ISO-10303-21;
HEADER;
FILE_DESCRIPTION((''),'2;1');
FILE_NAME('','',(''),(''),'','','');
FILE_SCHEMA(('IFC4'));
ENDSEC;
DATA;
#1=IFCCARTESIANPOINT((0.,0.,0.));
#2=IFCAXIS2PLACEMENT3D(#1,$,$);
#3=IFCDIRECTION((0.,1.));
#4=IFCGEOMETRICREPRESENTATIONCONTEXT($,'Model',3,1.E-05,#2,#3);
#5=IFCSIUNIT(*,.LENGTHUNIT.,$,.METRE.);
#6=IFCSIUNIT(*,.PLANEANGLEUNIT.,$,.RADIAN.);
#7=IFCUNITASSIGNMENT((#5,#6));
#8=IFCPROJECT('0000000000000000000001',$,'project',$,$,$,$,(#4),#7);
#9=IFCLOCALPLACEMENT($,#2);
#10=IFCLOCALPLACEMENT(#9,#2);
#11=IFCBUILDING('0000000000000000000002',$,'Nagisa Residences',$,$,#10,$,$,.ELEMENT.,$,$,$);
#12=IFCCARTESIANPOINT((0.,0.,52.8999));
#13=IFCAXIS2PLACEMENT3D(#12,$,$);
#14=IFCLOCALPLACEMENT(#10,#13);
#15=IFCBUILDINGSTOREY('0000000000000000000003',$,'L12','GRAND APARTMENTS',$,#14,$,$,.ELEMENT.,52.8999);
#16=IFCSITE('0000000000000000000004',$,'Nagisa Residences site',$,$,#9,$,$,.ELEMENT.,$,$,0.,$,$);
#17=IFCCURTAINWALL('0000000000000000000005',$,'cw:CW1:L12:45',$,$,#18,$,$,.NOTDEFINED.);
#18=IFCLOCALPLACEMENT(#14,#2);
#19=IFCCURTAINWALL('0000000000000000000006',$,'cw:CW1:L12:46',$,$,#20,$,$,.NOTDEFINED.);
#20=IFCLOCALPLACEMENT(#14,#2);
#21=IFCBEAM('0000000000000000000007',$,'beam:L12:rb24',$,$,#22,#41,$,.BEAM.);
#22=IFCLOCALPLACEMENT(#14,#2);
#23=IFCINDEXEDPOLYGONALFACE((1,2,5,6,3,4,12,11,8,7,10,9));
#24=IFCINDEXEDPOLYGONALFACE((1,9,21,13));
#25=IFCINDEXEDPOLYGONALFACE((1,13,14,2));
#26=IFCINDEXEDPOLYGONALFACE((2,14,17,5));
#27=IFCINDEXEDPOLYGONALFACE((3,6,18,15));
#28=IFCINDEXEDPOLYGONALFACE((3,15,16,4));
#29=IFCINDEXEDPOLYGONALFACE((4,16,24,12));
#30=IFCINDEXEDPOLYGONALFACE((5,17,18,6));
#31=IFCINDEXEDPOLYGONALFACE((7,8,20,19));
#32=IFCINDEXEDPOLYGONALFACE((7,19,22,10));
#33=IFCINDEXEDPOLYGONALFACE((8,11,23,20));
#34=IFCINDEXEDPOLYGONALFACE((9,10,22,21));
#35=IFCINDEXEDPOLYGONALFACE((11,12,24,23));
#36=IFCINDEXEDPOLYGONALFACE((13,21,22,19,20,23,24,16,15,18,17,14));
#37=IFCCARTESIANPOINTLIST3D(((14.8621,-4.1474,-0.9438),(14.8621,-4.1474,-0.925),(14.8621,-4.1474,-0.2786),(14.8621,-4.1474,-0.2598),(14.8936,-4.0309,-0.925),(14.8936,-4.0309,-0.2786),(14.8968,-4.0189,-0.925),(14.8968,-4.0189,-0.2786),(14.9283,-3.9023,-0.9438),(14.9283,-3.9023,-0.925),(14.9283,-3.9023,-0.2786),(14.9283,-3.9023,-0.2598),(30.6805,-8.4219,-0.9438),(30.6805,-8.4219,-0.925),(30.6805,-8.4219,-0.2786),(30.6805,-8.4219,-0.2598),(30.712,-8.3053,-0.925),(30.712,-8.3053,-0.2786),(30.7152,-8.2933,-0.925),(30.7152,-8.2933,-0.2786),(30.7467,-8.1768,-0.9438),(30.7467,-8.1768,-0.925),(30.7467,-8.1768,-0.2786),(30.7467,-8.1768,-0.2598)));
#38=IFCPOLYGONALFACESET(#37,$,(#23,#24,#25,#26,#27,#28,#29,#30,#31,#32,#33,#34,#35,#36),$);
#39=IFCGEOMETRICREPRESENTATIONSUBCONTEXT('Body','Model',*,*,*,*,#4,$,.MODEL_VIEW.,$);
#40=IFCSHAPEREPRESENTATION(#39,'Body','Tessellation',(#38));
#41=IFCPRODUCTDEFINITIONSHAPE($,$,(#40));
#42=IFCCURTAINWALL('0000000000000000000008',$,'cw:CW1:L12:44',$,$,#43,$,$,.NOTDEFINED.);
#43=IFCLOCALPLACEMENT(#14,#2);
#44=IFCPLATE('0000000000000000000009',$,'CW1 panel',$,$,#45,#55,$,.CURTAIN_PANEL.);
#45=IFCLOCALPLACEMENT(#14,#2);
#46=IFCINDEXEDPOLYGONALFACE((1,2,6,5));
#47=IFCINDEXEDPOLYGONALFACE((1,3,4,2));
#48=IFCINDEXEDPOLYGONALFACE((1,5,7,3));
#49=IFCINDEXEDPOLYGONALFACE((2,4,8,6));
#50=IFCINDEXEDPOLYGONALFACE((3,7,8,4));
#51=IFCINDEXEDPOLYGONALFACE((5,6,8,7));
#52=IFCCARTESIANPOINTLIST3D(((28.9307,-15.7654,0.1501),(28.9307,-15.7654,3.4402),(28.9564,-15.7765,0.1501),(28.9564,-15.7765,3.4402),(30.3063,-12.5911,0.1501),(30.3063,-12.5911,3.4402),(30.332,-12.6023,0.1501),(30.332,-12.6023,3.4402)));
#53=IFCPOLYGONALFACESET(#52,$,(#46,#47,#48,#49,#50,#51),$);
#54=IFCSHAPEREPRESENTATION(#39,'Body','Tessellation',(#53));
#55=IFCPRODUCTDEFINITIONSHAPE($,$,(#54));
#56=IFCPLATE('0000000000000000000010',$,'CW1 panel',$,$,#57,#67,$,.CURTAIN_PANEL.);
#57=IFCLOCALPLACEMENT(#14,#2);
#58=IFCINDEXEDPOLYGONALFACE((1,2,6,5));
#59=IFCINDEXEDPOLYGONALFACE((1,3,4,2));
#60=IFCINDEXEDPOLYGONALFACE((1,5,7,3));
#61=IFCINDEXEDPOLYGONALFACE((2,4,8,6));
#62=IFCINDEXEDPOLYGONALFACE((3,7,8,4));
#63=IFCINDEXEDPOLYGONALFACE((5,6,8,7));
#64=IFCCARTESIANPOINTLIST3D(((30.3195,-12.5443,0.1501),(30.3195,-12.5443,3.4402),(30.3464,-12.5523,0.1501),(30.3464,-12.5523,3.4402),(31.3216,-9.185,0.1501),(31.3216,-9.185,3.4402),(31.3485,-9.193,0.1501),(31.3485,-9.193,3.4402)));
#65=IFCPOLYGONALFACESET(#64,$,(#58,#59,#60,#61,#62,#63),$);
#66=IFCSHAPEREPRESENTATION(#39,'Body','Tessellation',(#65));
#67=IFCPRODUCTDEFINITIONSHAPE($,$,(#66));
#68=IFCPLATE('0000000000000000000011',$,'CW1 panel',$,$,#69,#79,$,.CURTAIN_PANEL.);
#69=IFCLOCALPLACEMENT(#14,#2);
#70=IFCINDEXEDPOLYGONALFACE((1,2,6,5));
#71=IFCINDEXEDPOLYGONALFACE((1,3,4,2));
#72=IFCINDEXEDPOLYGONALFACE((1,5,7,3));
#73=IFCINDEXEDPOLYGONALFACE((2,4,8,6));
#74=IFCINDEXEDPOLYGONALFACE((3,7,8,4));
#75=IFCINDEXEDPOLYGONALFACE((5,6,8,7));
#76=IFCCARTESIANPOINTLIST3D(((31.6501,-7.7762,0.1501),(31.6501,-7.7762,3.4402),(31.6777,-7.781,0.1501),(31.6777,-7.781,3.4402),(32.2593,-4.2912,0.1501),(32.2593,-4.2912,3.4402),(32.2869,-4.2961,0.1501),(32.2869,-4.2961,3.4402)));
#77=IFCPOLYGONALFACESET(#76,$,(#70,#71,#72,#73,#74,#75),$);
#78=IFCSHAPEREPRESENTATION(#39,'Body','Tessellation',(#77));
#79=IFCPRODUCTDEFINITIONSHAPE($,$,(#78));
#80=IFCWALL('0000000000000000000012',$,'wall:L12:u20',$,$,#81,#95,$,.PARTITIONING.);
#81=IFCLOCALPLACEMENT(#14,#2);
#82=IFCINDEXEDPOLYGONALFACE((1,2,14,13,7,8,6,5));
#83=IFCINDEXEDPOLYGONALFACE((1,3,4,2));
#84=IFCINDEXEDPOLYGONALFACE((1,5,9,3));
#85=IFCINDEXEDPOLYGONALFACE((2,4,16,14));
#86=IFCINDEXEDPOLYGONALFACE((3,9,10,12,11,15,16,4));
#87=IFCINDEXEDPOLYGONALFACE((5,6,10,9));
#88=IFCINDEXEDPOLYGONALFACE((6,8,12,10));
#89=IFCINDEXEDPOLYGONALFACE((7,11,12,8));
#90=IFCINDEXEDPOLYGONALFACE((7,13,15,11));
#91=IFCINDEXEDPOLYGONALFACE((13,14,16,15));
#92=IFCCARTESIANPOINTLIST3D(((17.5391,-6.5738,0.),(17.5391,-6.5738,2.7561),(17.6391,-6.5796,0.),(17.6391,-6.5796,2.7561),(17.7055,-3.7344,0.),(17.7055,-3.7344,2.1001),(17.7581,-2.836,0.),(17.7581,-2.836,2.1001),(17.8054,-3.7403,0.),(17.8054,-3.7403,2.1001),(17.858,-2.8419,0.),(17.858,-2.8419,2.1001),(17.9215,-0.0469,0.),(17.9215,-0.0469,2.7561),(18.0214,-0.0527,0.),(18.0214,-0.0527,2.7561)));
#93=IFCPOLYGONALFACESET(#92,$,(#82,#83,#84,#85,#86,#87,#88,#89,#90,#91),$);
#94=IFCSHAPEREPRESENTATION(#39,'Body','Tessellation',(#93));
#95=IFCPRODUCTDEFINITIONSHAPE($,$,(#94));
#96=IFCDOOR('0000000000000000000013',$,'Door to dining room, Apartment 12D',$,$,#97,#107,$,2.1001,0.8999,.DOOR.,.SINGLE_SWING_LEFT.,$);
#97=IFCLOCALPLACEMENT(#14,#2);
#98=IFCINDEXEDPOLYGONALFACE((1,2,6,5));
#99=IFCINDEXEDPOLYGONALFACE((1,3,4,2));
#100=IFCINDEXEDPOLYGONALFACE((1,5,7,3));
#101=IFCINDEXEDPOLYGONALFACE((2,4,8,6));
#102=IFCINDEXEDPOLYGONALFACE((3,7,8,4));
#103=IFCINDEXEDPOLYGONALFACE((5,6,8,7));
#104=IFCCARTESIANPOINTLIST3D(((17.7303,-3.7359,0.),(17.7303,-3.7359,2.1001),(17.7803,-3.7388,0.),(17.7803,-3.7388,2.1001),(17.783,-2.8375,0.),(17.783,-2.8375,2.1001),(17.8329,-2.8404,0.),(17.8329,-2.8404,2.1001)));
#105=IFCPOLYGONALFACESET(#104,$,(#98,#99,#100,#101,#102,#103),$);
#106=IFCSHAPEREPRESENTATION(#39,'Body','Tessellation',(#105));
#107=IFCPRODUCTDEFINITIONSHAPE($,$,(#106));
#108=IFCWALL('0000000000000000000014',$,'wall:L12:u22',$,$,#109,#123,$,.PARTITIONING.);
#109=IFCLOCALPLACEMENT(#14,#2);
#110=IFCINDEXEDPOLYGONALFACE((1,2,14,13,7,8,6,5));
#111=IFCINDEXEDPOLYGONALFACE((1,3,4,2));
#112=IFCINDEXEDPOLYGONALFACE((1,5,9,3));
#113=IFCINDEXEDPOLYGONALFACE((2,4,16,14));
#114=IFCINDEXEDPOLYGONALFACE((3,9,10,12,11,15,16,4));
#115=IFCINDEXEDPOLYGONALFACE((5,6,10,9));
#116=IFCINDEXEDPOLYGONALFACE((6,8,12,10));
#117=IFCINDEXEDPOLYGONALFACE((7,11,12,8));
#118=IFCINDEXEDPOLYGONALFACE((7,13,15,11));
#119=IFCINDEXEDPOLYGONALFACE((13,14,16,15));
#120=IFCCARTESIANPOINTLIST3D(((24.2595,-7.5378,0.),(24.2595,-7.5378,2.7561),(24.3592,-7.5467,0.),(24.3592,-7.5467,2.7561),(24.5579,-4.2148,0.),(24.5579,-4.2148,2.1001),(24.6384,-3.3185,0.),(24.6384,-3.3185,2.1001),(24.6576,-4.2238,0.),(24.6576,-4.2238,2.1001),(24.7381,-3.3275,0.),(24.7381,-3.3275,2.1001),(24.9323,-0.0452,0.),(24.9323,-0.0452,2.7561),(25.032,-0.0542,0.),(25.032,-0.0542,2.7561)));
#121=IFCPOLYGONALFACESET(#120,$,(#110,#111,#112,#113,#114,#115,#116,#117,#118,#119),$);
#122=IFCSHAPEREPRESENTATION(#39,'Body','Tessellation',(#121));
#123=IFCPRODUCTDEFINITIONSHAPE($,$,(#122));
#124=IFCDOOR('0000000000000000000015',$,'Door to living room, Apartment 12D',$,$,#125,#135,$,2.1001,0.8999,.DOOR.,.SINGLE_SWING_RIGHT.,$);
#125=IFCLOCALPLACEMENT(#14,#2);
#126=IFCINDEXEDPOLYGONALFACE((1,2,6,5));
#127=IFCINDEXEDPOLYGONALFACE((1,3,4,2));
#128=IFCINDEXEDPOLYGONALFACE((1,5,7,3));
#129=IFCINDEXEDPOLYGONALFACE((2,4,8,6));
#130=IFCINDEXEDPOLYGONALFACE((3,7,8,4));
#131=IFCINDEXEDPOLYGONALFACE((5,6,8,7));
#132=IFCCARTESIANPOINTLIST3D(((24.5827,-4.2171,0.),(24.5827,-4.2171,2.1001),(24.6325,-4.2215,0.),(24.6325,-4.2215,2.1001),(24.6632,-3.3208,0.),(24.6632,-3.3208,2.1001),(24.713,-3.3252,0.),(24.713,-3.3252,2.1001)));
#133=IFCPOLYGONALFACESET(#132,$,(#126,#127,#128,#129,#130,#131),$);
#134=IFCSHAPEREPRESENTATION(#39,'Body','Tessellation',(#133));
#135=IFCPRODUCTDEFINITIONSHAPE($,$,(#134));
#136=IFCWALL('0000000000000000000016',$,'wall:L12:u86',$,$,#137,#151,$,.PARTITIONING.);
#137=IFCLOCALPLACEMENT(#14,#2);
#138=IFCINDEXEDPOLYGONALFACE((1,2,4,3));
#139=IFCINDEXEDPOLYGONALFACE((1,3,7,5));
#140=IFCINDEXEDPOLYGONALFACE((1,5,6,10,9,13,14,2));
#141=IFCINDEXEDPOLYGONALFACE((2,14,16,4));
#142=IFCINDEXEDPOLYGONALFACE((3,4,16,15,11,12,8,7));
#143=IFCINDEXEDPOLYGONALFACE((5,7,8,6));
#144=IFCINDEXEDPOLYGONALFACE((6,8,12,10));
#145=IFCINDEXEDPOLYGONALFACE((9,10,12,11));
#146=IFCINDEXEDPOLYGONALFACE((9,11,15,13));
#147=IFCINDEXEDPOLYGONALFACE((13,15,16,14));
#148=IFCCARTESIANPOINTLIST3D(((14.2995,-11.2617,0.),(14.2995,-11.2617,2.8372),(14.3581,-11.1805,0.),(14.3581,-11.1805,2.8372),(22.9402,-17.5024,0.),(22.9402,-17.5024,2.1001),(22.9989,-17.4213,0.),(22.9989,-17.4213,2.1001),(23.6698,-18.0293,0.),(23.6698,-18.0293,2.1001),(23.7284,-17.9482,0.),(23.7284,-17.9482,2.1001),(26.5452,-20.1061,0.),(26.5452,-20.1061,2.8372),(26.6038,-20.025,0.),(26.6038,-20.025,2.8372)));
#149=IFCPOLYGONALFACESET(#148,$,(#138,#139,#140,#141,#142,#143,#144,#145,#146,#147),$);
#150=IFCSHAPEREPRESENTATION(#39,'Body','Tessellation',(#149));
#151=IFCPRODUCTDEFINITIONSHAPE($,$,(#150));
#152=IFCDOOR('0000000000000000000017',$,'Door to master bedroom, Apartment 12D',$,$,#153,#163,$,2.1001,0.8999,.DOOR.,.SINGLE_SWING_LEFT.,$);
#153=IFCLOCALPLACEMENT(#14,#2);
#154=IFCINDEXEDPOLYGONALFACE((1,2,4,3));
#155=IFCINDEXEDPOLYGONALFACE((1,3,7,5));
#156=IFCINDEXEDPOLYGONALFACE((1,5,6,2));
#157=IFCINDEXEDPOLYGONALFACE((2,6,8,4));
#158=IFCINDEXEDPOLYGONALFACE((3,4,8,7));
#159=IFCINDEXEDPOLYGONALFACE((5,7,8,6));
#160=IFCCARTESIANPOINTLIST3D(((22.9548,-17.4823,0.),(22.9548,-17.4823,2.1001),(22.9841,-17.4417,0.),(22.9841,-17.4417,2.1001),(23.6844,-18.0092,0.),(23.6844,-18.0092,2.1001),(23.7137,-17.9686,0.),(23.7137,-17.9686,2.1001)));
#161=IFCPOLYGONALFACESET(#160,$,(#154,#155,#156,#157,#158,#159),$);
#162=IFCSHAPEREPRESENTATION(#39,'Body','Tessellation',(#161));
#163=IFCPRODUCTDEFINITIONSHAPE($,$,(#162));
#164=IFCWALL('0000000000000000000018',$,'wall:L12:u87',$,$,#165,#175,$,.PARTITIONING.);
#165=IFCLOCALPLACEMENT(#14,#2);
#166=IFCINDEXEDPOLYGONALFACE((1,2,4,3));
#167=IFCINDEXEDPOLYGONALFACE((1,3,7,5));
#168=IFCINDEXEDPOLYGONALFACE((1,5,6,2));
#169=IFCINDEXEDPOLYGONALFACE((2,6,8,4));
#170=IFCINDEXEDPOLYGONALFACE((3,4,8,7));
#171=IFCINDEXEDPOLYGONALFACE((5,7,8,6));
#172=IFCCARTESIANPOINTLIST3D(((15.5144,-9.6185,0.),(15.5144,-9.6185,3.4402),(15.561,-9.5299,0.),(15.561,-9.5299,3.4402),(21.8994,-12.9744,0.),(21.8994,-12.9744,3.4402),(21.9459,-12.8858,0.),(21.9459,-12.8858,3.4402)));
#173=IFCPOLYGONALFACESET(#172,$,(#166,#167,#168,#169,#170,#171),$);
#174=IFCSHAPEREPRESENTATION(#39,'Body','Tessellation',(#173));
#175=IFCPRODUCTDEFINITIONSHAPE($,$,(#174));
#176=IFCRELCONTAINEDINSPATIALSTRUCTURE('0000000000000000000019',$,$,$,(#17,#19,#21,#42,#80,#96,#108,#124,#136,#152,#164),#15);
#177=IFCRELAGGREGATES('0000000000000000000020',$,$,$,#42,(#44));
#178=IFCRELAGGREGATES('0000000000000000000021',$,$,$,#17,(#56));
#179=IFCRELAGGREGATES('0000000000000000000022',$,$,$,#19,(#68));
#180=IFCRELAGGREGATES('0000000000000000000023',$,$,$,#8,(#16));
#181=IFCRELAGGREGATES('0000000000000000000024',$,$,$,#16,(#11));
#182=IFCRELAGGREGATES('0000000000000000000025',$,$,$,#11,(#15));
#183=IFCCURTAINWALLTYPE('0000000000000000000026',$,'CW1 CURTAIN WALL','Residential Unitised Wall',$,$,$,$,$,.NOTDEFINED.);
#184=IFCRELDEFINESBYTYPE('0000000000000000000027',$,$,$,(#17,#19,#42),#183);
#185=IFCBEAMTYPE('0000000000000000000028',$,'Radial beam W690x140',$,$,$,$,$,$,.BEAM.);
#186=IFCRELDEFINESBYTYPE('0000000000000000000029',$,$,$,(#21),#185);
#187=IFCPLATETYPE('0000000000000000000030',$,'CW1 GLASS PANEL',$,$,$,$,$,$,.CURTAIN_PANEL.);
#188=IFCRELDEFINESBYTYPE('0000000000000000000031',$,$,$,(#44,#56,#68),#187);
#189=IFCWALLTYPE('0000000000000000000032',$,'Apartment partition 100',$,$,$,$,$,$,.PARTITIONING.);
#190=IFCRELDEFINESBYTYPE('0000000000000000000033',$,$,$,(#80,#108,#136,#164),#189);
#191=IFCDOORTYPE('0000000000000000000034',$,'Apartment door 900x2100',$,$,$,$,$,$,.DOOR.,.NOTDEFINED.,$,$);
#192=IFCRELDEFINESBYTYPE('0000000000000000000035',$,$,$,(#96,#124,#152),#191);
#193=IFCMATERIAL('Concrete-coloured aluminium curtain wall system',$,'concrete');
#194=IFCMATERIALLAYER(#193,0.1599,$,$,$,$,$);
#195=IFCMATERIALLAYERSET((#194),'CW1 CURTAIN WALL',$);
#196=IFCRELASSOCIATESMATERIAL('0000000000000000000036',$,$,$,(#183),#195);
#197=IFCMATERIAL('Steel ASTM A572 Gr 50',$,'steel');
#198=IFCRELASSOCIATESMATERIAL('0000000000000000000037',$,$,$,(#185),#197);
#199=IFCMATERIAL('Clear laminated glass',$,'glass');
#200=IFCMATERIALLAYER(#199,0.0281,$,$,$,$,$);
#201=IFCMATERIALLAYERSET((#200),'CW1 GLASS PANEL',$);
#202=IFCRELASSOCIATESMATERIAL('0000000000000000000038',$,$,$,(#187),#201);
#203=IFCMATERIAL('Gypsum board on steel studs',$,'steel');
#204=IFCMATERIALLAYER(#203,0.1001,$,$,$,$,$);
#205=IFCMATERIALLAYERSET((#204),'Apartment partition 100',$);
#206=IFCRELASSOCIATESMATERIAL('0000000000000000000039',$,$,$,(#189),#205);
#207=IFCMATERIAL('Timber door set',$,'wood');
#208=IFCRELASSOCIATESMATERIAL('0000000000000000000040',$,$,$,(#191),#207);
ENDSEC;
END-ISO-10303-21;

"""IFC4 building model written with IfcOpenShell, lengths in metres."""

from ifc_helpers import new_model, si_unit, direction, frame, frame_2d, origin, origin_2d, place, context, subcontext, project, spatial, rectangle, i_section, extrude, material, layer, layer_set, material_profile, profile_set, type_object, element, fill, aggregate, save


model = new_model("IFC4")

# Units and contexts
model_context = context("Model", 3, precision=1e-05, world=origin(), true_north=direction((0.0, 1.0)))
body_context = subcontext(model_context, "Body", "Model", "MODEL_VIEW")
ifc_project = project(units=[si_unit("LENGTHUNIT", "METRE"), si_unit("PLANEANGLEUNIT", "RADIAN")], contexts=[model_context])

# Site, building, storey
site_placement = place(None, origin())
site = spatial("IfcSite", under=ifc_project, at=site_placement, Name="Nagisa Residences site", CompositionType="ELEMENT", RefElevation=0.0)
building_placement = place(site_placement, origin())
building = spatial("IfcBuilding", under=site, at=building_placement, Name="Nagisa Residences", CompositionType="ELEMENT")
storey_placement = place(building_placement, frame((0.0, 0.0, 52.8999)))
storey = spatial("IfcBuildingStorey", under=building, at=storey_placement, Name="L12", Description="GRAND APARTMENTS", CompositionType="ELEMENT", Elevation=52.8999)

# Curtain walls
ifc_material_1 = material(Name="Concrete-coloured aluminium curtain wall system", Category="concrete")
ifc_layer_1 = layer(ifc_material_1, 0.1599)
ifc_layer_set_1 = layer_set([ifc_layer_1], Name="CW1 CURTAIN WALL")
curtain_wall_type = type_object("IfcCurtainWallType", Name="CW1 CURTAIN WALL", Description="Residential Unitised Wall", PredefinedType="NOTDEFINED", material=ifc_layer_set_1)
curtain_wall_1_placement = place(storey_placement, origin())
curtain_wall_1 = element("IfcCurtainWall", 1, at=curtain_wall_1_placement, inside=storey, type_object=curtain_wall_type, Name="cw:CW1:L12:45", PredefinedType="NOTDEFINED")
curtain_wall_2_placement = place(storey_placement, origin())
curtain_wall_2 = element("IfcCurtainWall", 2, at=curtain_wall_2_placement, inside=storey, type_object=curtain_wall_type, Name="cw:CW1:L12:46", PredefinedType="NOTDEFINED")

# Beam
ifc_material_2 = material(Name="Steel ASTM A572 Gr 50", Category="steel")
ifc_material_profile_1 = material_profile(ifc_material_2, i_section(OverallWidth=0.2539, OverallDepth=0.6841, WebThickness=0.0125, FlangeThickness=0.0188, at=origin_2d()), Name="W690x140")
ifc_profile_set_1 = profile_set([ifc_material_profile_1], Name="Steel ASTM A572 Gr 50")
beam_type_1 = type_object("IfcBeamType", Name="Radial beam W690x140", PredefinedType="BEAM", material=ifc_profile_set_1)
beam_1_placement = place(storey_placement, frame((30.7136, -8.2993, -0.6018), z_axis=(-0.965376, 0.260862, 0.0), x_axis=(-0.260862, -0.965376, 0.0)))
element("IfcBeam", 3, at=beam_1_placement, inside=storey, type_object=beam_type_1, Name="beam:L12:rb24", PredefinedType="BEAM", context=body_context, shape_type="SweptSolid", body=[
    extrude(i_section(OverallWidth=0.2539, OverallDepth=0.6841, WebThickness=0.0125, FlangeThickness=0.0188, at=origin_2d()), origin(), (0.0, 0.0, 1.0), 16.3857),
])

# Curtain wall, plate
curtain_wall_3_placement = place(storey_placement, origin())
curtain_wall_3 = element("IfcCurtainWall", 4, at=curtain_wall_3_placement, inside=storey, type_object=curtain_wall_type, Name="cw:CW1:L12:44", PredefinedType="NOTDEFINED")
ifc_material_3 = material(Name="Clear laminated glass", Category="glass")
ifc_layer_2 = layer(ifc_material_3, 0.0281)
ifc_layer_set_2 = layer_set([ifc_layer_2], Name="CW1 GLASS PANEL")
plate_type = type_object("IfcPlateType", Name="CW1 GLASS PANEL", PredefinedType="CURTAIN_PANEL", material=ifc_layer_set_2)
plate_1_placement = place(storey_placement, frame((29.6313, -14.1838, 0.1501), z_axis=(0.0, 0.0, 1.0), x_axis=(0.397636, 0.917543, 0.0)))
plate_1 = element("IfcPlate", 5, at=plate_1_placement, type_object=plate_type, Name="CW1 panel", PredefinedType="CURTAIN_PANEL", context=body_context, shape_type="SweptSolid", body=[
    extrude(rectangle(XDim=3.4595, YDim=0.0281, at=origin_2d()), origin(), (0.0, 0.0, 1.0), 3.29),
])
aggregate(curtain_wall_3, [plate_1])

# Plates
plate_2_placement = place(storey_placement, frame((30.834, -10.8687, 0.1501), z_axis=(0.0, 0.0, 1.0), x_axis=(0.28586, 0.958271, 0.0)))
plate_2 = element("IfcPlate", 6, at=plate_2_placement, type_object=plate_type, Name="CW1 panel", PredefinedType="CURTAIN_PANEL", context=body_context, shape_type="SweptSolid", body=[
    extrude(rectangle(XDim=3.5056, YDim=0.0281, at=origin_2d()), origin(), (0.0, 0.0, 1.0), 3.29),
])
aggregate(curtain_wall_1, [plate_2])
plate_3_placement = place(storey_placement, frame((31.9685, -6.0361, 0.1501), z_axis=(0.0, 0.0, 1.0), x_axis=(0.172191, 0.985064, 0.0)))
plate_3 = element("IfcPlate", 7, at=plate_3_placement, type_object=plate_type, Name="CW1 panel", PredefinedType="CURTAIN_PANEL", context=body_context, shape_type="SweptSolid", body=[
    extrude(rectangle(XDim=3.5378, YDim=0.0281, at=origin_2d()), origin(), (0.0, 0.0, 1.0), 3.29),
])
aggregate(curtain_wall_2, [plate_3])

# Walls, openings, doors
ifc_material_4 = material(Name="Gypsum board on steel studs", Category="steel")
ifc_layer_3 = layer(ifc_material_4, 0.1001)
ifc_layer_set_3 = layer_set([ifc_layer_3], Name="Apartment partition 100")
wall_type_1 = type_object("IfcWallType", Name="Apartment partition 100", PredefinedType="PARTITIONING", material=ifc_layer_set_3)
wall_1_placement = place(storey_placement, frame((17.9714, -0.0498, 0.0), z_axis=(0.0, 0.0, 1.0), x_axis=(-0.058477, -0.998289, 0.0)))
wall_1 = element("IfcWall", 8, at=wall_1_placement, inside=storey, type_object=wall_type_1, Name="wall:L12:u20", PredefinedType="PARTITIONING", context=body_context, shape_type="SweptSolid", body=[
    extrude(rectangle(XDim=6.5381, YDim=0.1001, at=frame_2d((3.269, 0.0))), origin(), (0.0, 0.0, 1.0), 2.7561),
])
opening_1_placement = place(wall_1_placement, frame((2.7939, 0.0, 0.0)))
opening_1 = element("IfcOpeningElement", 9, at=opening_1_placement, cuts=wall_1, PredefinedType="OPENING", context=body_context, shape_type="SweptSolid", body=[
    extrude(rectangle(XDim=0.8999, YDim=2.1001, at=frame_2d((0.45, 1.05))), frame((0.0, 0.0601, 0.0), z_axis=(0.0, -1.0, 0.0), x_axis=(1.0, 0.0, 0.0)), (0.0, 0.0, 1.0), 0.1201),
])
ifc_material_5 = material(Name="Timber door set", Category="wood")
door_type_1 = type_object("IfcDoorType", Name="Apartment door 900x2100", OperationType="NOTDEFINED", PredefinedType="DOOR", material=ifc_material_5)
door_1_placement = place(opening_1_placement, origin())
door_1 = element("IfcDoor", 10, at=door_1_placement, inside=storey, type_object=door_type_1, Name="Door to dining room, Apartment 12D", OperationType="SINGLE_SWING_LEFT", OverallHeight=2.1001, OverallWidth=0.8999, PredefinedType="DOOR", context=body_context, shape_type="SweptSolid", body=[
    extrude(rectangle(XDim=0.8999, YDim=2.1001, at=frame_2d((0.45, 1.05))), frame((0.0, 0.0249, 0.0), z_axis=(0.0, -1.0, 0.0), x_axis=(1.0, 0.0, 0.0)), (0.0, 0.0, 1.0), 0.05),
])
fill(opening_1, door_1)
wall_2_placement = place(storey_placement, frame((24.9822, -0.0498, 0.0), z_axis=(0.0, 0.0, 1.0), x_axis=(-0.089444, -0.995992, 0.0)))
wall_2 = element("IfcWall", 11, at=wall_2_placement, inside=storey, type_object=wall_type_1, Name="wall:L12:u22", PredefinedType="PARTITIONING", context=body_context, shape_type="SweptSolid", body=[
    extrude(rectangle(XDim=7.5227, YDim=0.1001, at=frame_2d((3.7612, 0.0))), origin(), (0.0, 0.0, 1.0), 2.7561),
])
opening_2_placement = place(wall_2_placement, frame((3.2864, 0.0, 0.0)))
opening_2 = element("IfcOpeningElement", 12, at=opening_2_placement, cuts=wall_2, PredefinedType="OPENING", context=body_context, shape_type="SweptSolid", body=[
    extrude(rectangle(XDim=0.8999, YDim=2.1001, at=frame_2d((0.45, 1.05))), frame((0.0, 0.0601, 0.0), z_axis=(0.0, -1.0, 0.0), x_axis=(1.0, 0.0, 0.0)), (0.0, 0.0, 1.0), 0.1201),
])
door_2_placement = place(opening_2_placement, origin())
door_2 = element("IfcDoor", 13, at=door_2_placement, inside=storey, type_object=door_type_1, Name="Door to living room, Apartment 12D", OperationType="SINGLE_SWING_RIGHT", OverallHeight=2.1001, OverallWidth=0.8999, PredefinedType="DOOR", context=body_context, shape_type="SweptSolid", body=[
    extrude(rectangle(XDim=0.8999, YDim=2.1001, at=frame_2d((0.45, 1.05))), frame((0.0, 0.0249, 0.0), z_axis=(0.0, -1.0, 0.0), x_axis=(1.0, 0.0, 0.0)), (0.0, 0.0, 1.0), 0.05),
])
fill(opening_2, door_2)
wall_3_placement = place(storey_placement, frame((14.3289, -11.2212, 0.0), z_axis=(0.0, 0.0, 1.0), x_axis=(0.810671, -0.585502, 0.0)))
wall_3 = element("IfcWall", 14, at=wall_3_placement, inside=storey, type_object=wall_type_1, Name="wall:L12:u86", PredefinedType="PARTITIONING", context=body_context, shape_type="SweptSolid", body=[
    extrude(rectangle(XDim=15.1057, YDim=0.1001, at=frame_2d((7.5527, 0.0))), origin(), (0.0, 0.0, 1.0), 2.8372),
])
opening_3_placement = place(wall_3_placement, frame((10.6587, 0.0, 0.0)))
opening_3 = element("IfcOpeningElement", 15, at=opening_3_placement, cuts=wall_3, PredefinedType="OPENING", context=body_context, shape_type="SweptSolid", body=[
    extrude(rectangle(XDim=0.8999, YDim=2.1001, at=frame_2d((0.45, 1.05))), frame((0.0, 0.0601, 0.0), z_axis=(0.0, -1.0, 0.0), x_axis=(1.0, 0.0, 0.0)), (0.0, 0.0, 1.0), 0.1201),
])
door_3_placement = place(opening_3_placement, origin())
door_3 = element("IfcDoor", 16, at=door_3_placement, inside=storey, type_object=door_type_1, Name="Door to master bedroom, Apartment 12D", OperationType="SINGLE_SWING_LEFT", OverallHeight=2.1001, OverallWidth=0.8999, PredefinedType="DOOR", context=body_context, shape_type="SweptSolid", body=[
    extrude(rectangle(XDim=0.8999, YDim=2.1001, at=frame_2d((0.45, 1.05))), frame((0.0, 0.0249, 0.0), z_axis=(0.0, -1.0, 0.0), x_axis=(1.0, 0.0, 0.0)), (0.0, 0.0, 1.0), 0.05),
])
fill(opening_3, door_3)

# Wall
wall_4_placement = place(storey_placement, frame((15.5378, -9.5742, 0.0), z_axis=(0.0, 0.0, 1.0), x_axis=(0.885179, -0.46525, 0.0)))
element("IfcWall", 17, at=wall_4_placement, inside=storey, type_object=wall_type_1, Name="wall:L12:u87", PredefinedType="PARTITIONING", context=body_context, shape_type="SweptSolid", body=[
    extrude(rectangle(XDim=7.2131, YDim=0.1001, at=frame_2d((3.6064, 0.0))), origin(), (0.0, 0.0, 1.0), 3.4402),
])

save(model, "model.ifc")
